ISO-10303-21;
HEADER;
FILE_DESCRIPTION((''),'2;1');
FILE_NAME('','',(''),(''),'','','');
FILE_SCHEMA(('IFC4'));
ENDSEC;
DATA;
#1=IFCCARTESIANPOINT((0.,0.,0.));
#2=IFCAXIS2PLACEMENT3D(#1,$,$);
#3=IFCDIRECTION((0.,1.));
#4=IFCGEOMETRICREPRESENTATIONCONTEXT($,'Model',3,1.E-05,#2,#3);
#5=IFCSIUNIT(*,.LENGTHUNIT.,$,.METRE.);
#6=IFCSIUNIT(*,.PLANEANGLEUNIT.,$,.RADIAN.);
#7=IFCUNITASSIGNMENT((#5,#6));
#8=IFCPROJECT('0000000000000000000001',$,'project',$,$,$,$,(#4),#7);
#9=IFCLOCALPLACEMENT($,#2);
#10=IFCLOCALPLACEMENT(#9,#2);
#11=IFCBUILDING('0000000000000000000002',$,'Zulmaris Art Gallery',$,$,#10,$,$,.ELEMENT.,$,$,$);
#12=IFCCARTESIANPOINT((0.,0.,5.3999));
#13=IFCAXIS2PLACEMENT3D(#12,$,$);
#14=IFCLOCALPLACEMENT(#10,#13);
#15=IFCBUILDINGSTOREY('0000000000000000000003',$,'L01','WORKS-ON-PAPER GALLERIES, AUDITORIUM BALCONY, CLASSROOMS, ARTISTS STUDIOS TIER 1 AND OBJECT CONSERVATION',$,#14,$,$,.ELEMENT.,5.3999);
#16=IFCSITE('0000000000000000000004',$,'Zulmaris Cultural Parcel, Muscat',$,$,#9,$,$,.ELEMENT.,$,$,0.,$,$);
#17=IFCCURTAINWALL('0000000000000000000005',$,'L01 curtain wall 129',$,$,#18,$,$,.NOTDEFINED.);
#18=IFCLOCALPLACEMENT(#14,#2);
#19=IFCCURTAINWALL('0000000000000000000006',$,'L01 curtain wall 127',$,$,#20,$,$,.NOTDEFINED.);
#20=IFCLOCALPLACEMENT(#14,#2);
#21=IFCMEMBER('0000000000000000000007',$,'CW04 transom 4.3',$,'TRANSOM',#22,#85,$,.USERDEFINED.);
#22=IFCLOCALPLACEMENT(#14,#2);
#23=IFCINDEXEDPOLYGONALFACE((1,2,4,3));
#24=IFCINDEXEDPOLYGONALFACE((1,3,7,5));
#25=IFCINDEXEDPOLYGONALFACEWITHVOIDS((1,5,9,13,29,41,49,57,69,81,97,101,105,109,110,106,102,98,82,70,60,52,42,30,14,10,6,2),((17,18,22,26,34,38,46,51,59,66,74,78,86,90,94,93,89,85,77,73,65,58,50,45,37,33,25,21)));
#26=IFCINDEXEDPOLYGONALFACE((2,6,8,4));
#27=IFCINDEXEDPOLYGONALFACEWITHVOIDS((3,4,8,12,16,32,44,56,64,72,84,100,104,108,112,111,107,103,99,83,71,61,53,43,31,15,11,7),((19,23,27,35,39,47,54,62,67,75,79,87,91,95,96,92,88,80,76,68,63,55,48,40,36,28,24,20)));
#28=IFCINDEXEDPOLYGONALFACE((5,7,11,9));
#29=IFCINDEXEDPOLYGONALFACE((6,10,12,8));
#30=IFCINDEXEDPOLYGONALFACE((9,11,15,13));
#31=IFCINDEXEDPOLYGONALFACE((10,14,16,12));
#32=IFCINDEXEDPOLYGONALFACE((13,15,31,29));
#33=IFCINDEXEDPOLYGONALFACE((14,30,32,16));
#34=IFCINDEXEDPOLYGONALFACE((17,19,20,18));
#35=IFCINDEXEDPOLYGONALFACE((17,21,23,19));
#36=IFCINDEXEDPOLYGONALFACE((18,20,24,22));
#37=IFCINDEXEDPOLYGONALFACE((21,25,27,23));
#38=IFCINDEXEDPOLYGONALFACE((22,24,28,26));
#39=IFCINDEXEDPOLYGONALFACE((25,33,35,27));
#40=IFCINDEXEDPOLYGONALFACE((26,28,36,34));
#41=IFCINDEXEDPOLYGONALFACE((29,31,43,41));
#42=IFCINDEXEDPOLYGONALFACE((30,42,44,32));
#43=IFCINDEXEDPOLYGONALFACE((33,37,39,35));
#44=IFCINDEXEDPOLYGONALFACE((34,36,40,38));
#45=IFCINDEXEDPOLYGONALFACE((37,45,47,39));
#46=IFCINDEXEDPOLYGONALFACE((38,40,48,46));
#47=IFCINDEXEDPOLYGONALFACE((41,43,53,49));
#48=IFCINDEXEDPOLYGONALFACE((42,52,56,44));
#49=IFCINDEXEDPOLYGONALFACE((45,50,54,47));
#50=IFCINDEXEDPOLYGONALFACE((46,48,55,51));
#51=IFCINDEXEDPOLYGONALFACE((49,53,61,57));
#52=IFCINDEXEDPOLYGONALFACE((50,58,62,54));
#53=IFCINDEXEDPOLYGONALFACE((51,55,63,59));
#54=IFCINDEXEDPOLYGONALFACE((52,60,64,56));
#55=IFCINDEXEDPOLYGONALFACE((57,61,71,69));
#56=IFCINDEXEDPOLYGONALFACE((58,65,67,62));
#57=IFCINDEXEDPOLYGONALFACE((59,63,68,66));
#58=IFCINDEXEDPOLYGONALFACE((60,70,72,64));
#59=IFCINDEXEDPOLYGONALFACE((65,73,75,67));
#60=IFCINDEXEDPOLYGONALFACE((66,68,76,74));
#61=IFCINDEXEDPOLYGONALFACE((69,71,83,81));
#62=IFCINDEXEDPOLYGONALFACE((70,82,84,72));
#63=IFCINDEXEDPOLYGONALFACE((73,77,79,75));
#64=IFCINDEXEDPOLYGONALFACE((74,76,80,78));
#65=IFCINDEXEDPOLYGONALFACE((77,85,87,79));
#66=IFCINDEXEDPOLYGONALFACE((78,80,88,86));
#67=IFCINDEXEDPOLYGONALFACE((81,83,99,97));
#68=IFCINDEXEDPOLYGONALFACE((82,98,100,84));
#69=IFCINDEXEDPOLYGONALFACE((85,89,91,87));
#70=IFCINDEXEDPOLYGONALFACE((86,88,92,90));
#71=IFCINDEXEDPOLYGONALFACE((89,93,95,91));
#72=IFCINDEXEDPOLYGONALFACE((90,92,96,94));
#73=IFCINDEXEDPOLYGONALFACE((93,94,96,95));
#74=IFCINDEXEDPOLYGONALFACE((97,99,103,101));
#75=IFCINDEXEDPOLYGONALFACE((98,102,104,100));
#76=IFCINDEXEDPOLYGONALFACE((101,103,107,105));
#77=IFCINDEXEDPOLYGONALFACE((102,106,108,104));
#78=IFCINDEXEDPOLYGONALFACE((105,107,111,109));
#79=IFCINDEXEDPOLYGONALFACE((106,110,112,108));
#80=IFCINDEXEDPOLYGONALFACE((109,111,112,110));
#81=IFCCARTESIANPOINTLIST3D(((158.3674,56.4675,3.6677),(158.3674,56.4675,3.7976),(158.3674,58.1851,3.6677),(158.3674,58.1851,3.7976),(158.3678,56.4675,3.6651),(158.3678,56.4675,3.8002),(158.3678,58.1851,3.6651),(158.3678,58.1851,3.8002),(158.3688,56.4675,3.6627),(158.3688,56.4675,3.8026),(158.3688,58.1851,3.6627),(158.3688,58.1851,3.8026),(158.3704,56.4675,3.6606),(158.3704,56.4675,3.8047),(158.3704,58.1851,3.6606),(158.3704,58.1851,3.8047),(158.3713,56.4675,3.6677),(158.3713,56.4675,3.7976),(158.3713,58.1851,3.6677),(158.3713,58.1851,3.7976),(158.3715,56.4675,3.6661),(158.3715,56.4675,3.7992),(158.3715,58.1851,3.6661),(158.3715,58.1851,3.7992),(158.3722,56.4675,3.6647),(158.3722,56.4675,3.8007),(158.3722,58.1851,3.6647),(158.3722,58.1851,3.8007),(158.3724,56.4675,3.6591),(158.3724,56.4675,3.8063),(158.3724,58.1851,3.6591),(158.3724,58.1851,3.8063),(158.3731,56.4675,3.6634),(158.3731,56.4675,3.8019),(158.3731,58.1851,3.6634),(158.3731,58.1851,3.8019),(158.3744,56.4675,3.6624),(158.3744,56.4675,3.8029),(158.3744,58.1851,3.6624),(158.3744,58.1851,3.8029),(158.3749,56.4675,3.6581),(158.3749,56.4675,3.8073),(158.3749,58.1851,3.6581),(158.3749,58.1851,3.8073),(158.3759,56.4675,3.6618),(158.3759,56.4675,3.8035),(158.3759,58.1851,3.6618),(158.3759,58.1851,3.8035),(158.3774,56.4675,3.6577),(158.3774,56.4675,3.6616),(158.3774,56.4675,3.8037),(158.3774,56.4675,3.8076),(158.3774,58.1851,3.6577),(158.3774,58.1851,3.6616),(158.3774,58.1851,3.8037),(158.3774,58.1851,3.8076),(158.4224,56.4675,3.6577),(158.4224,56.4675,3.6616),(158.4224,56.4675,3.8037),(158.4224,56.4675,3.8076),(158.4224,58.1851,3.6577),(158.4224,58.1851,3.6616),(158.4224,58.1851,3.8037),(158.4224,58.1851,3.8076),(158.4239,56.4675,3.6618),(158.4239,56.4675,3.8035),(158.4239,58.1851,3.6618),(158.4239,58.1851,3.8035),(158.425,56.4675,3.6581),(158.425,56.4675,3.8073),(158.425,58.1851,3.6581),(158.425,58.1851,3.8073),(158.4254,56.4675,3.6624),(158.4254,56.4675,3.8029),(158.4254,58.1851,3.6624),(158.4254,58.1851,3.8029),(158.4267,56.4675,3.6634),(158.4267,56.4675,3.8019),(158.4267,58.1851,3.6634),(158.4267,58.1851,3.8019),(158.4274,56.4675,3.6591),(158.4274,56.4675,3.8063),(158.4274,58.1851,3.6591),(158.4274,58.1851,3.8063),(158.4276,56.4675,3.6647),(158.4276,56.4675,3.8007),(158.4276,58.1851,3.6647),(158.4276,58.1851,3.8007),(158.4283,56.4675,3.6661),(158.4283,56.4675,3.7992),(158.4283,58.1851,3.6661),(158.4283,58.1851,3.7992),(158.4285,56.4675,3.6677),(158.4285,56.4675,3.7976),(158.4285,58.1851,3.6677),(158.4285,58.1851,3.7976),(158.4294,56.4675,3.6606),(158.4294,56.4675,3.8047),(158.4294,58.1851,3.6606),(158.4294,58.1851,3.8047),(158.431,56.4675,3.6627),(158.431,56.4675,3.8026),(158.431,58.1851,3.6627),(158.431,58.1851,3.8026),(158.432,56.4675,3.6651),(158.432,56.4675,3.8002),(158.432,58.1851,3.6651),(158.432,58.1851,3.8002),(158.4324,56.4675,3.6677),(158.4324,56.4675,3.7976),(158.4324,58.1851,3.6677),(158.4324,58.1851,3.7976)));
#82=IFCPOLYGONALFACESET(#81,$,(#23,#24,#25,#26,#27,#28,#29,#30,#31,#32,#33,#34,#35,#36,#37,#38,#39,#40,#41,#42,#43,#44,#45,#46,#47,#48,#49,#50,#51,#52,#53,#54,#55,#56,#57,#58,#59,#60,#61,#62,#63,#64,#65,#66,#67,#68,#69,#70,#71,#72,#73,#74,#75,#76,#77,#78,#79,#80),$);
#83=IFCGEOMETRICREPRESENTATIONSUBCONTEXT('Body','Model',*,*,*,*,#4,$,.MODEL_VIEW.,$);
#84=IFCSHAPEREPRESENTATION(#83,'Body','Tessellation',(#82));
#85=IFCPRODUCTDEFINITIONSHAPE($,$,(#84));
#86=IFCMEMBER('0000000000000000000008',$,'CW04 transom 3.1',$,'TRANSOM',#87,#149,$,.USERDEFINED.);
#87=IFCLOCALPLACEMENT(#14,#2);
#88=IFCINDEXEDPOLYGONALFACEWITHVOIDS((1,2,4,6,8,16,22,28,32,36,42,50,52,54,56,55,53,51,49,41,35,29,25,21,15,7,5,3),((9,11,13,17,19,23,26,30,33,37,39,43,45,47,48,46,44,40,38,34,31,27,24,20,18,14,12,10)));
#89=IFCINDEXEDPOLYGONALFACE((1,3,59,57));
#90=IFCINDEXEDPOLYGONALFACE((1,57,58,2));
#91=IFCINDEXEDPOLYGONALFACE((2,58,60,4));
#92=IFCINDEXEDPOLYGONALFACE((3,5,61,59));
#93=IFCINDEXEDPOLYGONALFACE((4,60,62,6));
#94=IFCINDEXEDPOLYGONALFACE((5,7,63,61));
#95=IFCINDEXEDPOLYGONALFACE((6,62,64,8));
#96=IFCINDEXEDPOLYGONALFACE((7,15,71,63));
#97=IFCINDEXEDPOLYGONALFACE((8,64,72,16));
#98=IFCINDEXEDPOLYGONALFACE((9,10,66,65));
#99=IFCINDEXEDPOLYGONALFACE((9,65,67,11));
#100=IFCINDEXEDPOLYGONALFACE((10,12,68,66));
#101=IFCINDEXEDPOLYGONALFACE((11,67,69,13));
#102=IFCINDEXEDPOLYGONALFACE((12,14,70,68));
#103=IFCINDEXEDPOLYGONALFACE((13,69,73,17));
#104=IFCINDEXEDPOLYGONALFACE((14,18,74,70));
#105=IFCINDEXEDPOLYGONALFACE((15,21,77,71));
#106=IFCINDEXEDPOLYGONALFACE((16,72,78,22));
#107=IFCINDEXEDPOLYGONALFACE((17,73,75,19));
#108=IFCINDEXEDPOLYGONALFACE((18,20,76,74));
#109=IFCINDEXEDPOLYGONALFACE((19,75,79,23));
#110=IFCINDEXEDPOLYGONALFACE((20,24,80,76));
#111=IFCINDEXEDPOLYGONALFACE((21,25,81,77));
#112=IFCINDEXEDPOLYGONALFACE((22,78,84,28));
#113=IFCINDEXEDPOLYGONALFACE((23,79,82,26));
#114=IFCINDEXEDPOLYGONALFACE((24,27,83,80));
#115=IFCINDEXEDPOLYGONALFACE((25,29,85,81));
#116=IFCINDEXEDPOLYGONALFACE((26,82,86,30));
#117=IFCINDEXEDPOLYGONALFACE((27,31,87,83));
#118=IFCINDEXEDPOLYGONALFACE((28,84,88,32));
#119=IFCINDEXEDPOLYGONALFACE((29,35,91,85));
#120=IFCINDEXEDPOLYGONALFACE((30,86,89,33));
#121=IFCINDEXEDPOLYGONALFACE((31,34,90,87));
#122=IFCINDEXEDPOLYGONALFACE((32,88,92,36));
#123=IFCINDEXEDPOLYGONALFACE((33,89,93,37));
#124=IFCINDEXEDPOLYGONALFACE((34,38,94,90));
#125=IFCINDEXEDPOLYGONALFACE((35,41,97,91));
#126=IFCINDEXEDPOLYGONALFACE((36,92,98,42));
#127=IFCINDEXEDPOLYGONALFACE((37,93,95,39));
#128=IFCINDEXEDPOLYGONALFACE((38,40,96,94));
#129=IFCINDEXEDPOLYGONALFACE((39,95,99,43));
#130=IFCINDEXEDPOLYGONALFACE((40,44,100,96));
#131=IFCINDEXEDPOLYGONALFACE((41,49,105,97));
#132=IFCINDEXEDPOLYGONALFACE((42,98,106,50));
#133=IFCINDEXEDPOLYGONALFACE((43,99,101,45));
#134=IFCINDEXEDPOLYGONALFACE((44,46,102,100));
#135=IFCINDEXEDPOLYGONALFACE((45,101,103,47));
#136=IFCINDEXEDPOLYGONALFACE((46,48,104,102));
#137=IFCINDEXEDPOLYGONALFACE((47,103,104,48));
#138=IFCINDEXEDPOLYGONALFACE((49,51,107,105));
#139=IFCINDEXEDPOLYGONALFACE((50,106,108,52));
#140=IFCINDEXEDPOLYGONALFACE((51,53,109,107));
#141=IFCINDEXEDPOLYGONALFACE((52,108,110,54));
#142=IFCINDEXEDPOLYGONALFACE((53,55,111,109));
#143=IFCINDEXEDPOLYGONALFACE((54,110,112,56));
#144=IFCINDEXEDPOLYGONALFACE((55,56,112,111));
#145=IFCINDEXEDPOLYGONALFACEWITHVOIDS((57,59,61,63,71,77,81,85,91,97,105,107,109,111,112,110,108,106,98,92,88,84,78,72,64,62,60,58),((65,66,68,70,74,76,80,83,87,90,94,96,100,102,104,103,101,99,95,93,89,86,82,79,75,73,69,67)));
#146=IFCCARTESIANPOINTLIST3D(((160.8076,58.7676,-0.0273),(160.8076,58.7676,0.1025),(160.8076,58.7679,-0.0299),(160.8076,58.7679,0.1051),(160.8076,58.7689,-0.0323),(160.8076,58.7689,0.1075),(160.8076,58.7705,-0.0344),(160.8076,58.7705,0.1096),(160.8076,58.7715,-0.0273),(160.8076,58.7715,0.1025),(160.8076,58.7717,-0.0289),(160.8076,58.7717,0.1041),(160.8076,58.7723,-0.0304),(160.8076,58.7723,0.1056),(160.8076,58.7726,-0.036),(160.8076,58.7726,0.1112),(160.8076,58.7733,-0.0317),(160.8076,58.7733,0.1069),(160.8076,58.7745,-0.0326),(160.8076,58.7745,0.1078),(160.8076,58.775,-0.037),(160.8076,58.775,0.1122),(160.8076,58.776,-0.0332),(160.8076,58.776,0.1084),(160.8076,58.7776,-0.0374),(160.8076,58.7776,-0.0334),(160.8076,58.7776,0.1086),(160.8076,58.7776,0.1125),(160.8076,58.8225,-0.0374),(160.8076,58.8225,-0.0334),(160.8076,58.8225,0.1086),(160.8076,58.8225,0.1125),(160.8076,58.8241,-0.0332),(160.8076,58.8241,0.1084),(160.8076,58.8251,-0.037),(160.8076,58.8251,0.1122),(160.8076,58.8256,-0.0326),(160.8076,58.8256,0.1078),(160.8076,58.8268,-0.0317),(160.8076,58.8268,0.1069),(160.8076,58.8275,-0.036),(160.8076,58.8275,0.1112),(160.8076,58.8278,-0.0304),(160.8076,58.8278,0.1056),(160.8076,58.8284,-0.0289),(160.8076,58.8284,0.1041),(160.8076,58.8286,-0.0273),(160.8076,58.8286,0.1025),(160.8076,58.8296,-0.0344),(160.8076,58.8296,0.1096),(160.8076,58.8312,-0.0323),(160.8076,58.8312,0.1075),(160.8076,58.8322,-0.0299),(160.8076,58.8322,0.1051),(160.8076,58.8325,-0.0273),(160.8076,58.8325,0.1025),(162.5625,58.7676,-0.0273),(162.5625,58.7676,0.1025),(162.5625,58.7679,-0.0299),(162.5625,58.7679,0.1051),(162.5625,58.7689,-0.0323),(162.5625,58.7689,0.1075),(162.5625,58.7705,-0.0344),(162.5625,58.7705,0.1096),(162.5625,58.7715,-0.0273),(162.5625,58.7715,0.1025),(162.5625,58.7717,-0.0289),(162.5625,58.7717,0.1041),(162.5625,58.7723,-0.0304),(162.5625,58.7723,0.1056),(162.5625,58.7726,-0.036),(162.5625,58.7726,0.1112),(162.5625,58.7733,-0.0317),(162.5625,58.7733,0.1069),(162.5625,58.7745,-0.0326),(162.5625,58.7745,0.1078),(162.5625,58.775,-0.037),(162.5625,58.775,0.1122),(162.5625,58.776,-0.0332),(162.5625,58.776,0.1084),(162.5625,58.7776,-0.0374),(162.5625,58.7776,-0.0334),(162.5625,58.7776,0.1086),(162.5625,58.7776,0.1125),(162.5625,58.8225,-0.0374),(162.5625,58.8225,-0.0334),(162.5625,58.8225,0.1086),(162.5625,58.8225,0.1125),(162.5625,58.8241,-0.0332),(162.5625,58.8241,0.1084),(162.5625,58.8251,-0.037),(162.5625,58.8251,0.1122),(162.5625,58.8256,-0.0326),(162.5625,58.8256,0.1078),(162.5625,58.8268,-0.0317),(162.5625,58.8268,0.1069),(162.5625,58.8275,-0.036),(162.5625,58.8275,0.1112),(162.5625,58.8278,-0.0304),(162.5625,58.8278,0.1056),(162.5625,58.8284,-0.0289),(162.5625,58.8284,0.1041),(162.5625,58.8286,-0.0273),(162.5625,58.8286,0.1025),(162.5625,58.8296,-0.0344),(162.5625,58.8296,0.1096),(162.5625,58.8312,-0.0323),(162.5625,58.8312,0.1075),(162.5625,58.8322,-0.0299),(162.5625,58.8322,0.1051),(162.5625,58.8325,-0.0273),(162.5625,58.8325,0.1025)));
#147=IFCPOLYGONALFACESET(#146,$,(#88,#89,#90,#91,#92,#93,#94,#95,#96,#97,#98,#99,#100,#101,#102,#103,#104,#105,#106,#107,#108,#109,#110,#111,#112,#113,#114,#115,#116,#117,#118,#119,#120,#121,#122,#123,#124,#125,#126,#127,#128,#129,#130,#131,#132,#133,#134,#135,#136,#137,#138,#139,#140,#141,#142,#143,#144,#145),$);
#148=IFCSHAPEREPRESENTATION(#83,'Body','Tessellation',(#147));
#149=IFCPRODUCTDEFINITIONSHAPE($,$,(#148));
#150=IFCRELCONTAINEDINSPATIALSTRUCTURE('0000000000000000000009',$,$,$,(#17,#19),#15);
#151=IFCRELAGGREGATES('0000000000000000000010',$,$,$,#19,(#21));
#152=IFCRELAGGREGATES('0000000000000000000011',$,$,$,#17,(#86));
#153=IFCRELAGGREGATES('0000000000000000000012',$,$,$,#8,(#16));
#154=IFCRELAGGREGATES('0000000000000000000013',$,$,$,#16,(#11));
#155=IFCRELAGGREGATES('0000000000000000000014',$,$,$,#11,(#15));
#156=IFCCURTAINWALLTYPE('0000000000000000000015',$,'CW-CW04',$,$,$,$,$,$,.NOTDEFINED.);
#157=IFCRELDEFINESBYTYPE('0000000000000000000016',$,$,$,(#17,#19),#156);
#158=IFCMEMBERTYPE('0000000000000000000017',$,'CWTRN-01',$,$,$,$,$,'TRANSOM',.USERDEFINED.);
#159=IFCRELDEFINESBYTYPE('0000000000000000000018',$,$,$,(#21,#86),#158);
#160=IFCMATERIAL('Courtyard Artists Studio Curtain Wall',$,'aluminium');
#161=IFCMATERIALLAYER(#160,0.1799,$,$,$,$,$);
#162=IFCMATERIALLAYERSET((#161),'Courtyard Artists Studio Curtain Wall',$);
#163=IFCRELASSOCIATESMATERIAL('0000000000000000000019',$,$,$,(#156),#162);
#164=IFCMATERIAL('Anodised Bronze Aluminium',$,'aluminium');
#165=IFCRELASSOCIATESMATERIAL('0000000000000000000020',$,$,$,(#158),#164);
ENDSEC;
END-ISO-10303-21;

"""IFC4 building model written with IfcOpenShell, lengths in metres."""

from ifc_helpers import new_model, si_unit, direction, frame, origin, origin_2d, place, context, subcontext, project, spatial, hollow_rectangle, extrude, material, layer, layer_set, material_profile, profile_set, type_object, element, aggregate, save


model = new_model("IFC4")

# Units and contexts
model_context = context("Model", 3, precision=1e-05, world=origin(), true_north=direction((0.0, 1.0)))
body_context = subcontext(model_context, "Body", "Model", "MODEL_VIEW")
ifc_project = project(units=[si_unit("LENGTHUNIT", "METRE"), si_unit("PLANEANGLEUNIT", "RADIAN")], contexts=[model_context])

# Site, building, storey
site_placement = place(None, origin())
site = spatial("IfcSite", under=ifc_project, at=site_placement, Name="Zulmaris Cultural Parcel, Muscat", CompositionType="ELEMENT", RefElevation=0.0)
building_placement = place(site_placement, origin())
building = spatial("IfcBuilding", under=site, at=building_placement, Name="Zulmaris Art Gallery", CompositionType="ELEMENT")
storey_placement = place(building_placement, frame((0.0, 0.0, 5.3999)))
storey = spatial("IfcBuildingStorey", under=building, at=storey_placement, Name="L01", Description="WORKS-ON-PAPER GALLERIES, AUDITORIUM BALCONY, CLASSROOMS, ARTISTS STUDIOS TIER 1 AND OBJECT CONSERVATION", CompositionType="ELEMENT", Elevation=5.3999)

# Curtain walls, member
ifc_material_1 = material(Name="Courtyard Artists Studio Curtain Wall", Category="aluminium")
ifc_layer_1 = layer(ifc_material_1, 0.1799)
ifc_layer_set_1 = layer_set([ifc_layer_1], Name="Courtyard Artists Studio Curtain Wall")
curtain_wall_type = type_object("IfcCurtainWallType", Name="CW-CW04", PredefinedType="NOTDEFINED", material=ifc_layer_set_1)
curtain_wall_1_placement = place(storey_placement, origin())
curtain_wall_1 = element("IfcCurtainWall", 1, at=curtain_wall_1_placement, inside=storey, type_object=curtain_wall_type, Name="L01 curtain wall 129", PredefinedType="NOTDEFINED")
ifc_material_2 = material(Name="Anodised Bronze Aluminium", Category="aluminium")
curtain_wall_2_placement = place(storey_placement, origin())
curtain_wall_2 = element("IfcCurtainWall", 2, at=curtain_wall_2_placement, inside=storey, type_object=curtain_wall_type, Name="L01 curtain wall 127", PredefinedType="NOTDEFINED")
ifc_material_profile_1 = material_profile(ifc_material_2, hollow_rectangle(XDim=0.0649, YDim=0.1499, WallThickness=0.0039, InnerFilletRadius=0.0061, OuterFilletRadius=0.01, at=origin_2d()), Name="ALU 65x150x4")
ifc_profile_set_1 = profile_set([ifc_material_profile_1], Name="Anodised Bronze Aluminium")
member_type_1 = type_object("IfcMemberType", Name="CWTRN-01", ElementType="TRANSOM", PredefinedType="USERDEFINED", material=ifc_profile_set_1)
member_1_placement = place(storey_placement, frame((158.3999, 56.4675, 3.7327), z_axis=(0.0, 1.0, 0.0), x_axis=(-1.0, 0.0, 0.0)))
member_1 = element("IfcMember", 3, at=member_1_placement, type_object=member_type_1, Name="CW04 transom 4.3", ObjectType="TRANSOM", PredefinedType="USERDEFINED", context=body_context, shape_type="SweptSolid", body=[
    extrude(hollow_rectangle(XDim=0.0649, YDim=0.1499, WallThickness=0.0039, InnerFilletRadius=0.0061, OuterFilletRadius=0.01, at=origin_2d()), origin(), (0.0, 0.0, 1.0), 1.7175),
])

# Member
member_2_placement = place(storey_placement, frame((162.5625, 58.8, 0.0376), z_axis=(-1.0, 0.0, 0.0), x_axis=(0.0, -1.0, 0.0)))
member_2 = element("IfcMember", 4, at=member_2_placement, type_object=member_type_1, Name="CW04 transom 3.1", ObjectType="TRANSOM", PredefinedType="USERDEFINED", context=body_context, shape_type="SweptSolid", body=[
    extrude(hollow_rectangle(XDim=0.0649, YDim=0.1499, WallThickness=0.0039, InnerFilletRadius=0.0061, OuterFilletRadius=0.01, at=origin_2d()), origin(), (0.0, 0.0, 1.0), 1.7549),
])

aggregate(curtain_wall_2, [member_1])
aggregate(curtain_wall_1, [member_2])

save(model, "model.ifc")
